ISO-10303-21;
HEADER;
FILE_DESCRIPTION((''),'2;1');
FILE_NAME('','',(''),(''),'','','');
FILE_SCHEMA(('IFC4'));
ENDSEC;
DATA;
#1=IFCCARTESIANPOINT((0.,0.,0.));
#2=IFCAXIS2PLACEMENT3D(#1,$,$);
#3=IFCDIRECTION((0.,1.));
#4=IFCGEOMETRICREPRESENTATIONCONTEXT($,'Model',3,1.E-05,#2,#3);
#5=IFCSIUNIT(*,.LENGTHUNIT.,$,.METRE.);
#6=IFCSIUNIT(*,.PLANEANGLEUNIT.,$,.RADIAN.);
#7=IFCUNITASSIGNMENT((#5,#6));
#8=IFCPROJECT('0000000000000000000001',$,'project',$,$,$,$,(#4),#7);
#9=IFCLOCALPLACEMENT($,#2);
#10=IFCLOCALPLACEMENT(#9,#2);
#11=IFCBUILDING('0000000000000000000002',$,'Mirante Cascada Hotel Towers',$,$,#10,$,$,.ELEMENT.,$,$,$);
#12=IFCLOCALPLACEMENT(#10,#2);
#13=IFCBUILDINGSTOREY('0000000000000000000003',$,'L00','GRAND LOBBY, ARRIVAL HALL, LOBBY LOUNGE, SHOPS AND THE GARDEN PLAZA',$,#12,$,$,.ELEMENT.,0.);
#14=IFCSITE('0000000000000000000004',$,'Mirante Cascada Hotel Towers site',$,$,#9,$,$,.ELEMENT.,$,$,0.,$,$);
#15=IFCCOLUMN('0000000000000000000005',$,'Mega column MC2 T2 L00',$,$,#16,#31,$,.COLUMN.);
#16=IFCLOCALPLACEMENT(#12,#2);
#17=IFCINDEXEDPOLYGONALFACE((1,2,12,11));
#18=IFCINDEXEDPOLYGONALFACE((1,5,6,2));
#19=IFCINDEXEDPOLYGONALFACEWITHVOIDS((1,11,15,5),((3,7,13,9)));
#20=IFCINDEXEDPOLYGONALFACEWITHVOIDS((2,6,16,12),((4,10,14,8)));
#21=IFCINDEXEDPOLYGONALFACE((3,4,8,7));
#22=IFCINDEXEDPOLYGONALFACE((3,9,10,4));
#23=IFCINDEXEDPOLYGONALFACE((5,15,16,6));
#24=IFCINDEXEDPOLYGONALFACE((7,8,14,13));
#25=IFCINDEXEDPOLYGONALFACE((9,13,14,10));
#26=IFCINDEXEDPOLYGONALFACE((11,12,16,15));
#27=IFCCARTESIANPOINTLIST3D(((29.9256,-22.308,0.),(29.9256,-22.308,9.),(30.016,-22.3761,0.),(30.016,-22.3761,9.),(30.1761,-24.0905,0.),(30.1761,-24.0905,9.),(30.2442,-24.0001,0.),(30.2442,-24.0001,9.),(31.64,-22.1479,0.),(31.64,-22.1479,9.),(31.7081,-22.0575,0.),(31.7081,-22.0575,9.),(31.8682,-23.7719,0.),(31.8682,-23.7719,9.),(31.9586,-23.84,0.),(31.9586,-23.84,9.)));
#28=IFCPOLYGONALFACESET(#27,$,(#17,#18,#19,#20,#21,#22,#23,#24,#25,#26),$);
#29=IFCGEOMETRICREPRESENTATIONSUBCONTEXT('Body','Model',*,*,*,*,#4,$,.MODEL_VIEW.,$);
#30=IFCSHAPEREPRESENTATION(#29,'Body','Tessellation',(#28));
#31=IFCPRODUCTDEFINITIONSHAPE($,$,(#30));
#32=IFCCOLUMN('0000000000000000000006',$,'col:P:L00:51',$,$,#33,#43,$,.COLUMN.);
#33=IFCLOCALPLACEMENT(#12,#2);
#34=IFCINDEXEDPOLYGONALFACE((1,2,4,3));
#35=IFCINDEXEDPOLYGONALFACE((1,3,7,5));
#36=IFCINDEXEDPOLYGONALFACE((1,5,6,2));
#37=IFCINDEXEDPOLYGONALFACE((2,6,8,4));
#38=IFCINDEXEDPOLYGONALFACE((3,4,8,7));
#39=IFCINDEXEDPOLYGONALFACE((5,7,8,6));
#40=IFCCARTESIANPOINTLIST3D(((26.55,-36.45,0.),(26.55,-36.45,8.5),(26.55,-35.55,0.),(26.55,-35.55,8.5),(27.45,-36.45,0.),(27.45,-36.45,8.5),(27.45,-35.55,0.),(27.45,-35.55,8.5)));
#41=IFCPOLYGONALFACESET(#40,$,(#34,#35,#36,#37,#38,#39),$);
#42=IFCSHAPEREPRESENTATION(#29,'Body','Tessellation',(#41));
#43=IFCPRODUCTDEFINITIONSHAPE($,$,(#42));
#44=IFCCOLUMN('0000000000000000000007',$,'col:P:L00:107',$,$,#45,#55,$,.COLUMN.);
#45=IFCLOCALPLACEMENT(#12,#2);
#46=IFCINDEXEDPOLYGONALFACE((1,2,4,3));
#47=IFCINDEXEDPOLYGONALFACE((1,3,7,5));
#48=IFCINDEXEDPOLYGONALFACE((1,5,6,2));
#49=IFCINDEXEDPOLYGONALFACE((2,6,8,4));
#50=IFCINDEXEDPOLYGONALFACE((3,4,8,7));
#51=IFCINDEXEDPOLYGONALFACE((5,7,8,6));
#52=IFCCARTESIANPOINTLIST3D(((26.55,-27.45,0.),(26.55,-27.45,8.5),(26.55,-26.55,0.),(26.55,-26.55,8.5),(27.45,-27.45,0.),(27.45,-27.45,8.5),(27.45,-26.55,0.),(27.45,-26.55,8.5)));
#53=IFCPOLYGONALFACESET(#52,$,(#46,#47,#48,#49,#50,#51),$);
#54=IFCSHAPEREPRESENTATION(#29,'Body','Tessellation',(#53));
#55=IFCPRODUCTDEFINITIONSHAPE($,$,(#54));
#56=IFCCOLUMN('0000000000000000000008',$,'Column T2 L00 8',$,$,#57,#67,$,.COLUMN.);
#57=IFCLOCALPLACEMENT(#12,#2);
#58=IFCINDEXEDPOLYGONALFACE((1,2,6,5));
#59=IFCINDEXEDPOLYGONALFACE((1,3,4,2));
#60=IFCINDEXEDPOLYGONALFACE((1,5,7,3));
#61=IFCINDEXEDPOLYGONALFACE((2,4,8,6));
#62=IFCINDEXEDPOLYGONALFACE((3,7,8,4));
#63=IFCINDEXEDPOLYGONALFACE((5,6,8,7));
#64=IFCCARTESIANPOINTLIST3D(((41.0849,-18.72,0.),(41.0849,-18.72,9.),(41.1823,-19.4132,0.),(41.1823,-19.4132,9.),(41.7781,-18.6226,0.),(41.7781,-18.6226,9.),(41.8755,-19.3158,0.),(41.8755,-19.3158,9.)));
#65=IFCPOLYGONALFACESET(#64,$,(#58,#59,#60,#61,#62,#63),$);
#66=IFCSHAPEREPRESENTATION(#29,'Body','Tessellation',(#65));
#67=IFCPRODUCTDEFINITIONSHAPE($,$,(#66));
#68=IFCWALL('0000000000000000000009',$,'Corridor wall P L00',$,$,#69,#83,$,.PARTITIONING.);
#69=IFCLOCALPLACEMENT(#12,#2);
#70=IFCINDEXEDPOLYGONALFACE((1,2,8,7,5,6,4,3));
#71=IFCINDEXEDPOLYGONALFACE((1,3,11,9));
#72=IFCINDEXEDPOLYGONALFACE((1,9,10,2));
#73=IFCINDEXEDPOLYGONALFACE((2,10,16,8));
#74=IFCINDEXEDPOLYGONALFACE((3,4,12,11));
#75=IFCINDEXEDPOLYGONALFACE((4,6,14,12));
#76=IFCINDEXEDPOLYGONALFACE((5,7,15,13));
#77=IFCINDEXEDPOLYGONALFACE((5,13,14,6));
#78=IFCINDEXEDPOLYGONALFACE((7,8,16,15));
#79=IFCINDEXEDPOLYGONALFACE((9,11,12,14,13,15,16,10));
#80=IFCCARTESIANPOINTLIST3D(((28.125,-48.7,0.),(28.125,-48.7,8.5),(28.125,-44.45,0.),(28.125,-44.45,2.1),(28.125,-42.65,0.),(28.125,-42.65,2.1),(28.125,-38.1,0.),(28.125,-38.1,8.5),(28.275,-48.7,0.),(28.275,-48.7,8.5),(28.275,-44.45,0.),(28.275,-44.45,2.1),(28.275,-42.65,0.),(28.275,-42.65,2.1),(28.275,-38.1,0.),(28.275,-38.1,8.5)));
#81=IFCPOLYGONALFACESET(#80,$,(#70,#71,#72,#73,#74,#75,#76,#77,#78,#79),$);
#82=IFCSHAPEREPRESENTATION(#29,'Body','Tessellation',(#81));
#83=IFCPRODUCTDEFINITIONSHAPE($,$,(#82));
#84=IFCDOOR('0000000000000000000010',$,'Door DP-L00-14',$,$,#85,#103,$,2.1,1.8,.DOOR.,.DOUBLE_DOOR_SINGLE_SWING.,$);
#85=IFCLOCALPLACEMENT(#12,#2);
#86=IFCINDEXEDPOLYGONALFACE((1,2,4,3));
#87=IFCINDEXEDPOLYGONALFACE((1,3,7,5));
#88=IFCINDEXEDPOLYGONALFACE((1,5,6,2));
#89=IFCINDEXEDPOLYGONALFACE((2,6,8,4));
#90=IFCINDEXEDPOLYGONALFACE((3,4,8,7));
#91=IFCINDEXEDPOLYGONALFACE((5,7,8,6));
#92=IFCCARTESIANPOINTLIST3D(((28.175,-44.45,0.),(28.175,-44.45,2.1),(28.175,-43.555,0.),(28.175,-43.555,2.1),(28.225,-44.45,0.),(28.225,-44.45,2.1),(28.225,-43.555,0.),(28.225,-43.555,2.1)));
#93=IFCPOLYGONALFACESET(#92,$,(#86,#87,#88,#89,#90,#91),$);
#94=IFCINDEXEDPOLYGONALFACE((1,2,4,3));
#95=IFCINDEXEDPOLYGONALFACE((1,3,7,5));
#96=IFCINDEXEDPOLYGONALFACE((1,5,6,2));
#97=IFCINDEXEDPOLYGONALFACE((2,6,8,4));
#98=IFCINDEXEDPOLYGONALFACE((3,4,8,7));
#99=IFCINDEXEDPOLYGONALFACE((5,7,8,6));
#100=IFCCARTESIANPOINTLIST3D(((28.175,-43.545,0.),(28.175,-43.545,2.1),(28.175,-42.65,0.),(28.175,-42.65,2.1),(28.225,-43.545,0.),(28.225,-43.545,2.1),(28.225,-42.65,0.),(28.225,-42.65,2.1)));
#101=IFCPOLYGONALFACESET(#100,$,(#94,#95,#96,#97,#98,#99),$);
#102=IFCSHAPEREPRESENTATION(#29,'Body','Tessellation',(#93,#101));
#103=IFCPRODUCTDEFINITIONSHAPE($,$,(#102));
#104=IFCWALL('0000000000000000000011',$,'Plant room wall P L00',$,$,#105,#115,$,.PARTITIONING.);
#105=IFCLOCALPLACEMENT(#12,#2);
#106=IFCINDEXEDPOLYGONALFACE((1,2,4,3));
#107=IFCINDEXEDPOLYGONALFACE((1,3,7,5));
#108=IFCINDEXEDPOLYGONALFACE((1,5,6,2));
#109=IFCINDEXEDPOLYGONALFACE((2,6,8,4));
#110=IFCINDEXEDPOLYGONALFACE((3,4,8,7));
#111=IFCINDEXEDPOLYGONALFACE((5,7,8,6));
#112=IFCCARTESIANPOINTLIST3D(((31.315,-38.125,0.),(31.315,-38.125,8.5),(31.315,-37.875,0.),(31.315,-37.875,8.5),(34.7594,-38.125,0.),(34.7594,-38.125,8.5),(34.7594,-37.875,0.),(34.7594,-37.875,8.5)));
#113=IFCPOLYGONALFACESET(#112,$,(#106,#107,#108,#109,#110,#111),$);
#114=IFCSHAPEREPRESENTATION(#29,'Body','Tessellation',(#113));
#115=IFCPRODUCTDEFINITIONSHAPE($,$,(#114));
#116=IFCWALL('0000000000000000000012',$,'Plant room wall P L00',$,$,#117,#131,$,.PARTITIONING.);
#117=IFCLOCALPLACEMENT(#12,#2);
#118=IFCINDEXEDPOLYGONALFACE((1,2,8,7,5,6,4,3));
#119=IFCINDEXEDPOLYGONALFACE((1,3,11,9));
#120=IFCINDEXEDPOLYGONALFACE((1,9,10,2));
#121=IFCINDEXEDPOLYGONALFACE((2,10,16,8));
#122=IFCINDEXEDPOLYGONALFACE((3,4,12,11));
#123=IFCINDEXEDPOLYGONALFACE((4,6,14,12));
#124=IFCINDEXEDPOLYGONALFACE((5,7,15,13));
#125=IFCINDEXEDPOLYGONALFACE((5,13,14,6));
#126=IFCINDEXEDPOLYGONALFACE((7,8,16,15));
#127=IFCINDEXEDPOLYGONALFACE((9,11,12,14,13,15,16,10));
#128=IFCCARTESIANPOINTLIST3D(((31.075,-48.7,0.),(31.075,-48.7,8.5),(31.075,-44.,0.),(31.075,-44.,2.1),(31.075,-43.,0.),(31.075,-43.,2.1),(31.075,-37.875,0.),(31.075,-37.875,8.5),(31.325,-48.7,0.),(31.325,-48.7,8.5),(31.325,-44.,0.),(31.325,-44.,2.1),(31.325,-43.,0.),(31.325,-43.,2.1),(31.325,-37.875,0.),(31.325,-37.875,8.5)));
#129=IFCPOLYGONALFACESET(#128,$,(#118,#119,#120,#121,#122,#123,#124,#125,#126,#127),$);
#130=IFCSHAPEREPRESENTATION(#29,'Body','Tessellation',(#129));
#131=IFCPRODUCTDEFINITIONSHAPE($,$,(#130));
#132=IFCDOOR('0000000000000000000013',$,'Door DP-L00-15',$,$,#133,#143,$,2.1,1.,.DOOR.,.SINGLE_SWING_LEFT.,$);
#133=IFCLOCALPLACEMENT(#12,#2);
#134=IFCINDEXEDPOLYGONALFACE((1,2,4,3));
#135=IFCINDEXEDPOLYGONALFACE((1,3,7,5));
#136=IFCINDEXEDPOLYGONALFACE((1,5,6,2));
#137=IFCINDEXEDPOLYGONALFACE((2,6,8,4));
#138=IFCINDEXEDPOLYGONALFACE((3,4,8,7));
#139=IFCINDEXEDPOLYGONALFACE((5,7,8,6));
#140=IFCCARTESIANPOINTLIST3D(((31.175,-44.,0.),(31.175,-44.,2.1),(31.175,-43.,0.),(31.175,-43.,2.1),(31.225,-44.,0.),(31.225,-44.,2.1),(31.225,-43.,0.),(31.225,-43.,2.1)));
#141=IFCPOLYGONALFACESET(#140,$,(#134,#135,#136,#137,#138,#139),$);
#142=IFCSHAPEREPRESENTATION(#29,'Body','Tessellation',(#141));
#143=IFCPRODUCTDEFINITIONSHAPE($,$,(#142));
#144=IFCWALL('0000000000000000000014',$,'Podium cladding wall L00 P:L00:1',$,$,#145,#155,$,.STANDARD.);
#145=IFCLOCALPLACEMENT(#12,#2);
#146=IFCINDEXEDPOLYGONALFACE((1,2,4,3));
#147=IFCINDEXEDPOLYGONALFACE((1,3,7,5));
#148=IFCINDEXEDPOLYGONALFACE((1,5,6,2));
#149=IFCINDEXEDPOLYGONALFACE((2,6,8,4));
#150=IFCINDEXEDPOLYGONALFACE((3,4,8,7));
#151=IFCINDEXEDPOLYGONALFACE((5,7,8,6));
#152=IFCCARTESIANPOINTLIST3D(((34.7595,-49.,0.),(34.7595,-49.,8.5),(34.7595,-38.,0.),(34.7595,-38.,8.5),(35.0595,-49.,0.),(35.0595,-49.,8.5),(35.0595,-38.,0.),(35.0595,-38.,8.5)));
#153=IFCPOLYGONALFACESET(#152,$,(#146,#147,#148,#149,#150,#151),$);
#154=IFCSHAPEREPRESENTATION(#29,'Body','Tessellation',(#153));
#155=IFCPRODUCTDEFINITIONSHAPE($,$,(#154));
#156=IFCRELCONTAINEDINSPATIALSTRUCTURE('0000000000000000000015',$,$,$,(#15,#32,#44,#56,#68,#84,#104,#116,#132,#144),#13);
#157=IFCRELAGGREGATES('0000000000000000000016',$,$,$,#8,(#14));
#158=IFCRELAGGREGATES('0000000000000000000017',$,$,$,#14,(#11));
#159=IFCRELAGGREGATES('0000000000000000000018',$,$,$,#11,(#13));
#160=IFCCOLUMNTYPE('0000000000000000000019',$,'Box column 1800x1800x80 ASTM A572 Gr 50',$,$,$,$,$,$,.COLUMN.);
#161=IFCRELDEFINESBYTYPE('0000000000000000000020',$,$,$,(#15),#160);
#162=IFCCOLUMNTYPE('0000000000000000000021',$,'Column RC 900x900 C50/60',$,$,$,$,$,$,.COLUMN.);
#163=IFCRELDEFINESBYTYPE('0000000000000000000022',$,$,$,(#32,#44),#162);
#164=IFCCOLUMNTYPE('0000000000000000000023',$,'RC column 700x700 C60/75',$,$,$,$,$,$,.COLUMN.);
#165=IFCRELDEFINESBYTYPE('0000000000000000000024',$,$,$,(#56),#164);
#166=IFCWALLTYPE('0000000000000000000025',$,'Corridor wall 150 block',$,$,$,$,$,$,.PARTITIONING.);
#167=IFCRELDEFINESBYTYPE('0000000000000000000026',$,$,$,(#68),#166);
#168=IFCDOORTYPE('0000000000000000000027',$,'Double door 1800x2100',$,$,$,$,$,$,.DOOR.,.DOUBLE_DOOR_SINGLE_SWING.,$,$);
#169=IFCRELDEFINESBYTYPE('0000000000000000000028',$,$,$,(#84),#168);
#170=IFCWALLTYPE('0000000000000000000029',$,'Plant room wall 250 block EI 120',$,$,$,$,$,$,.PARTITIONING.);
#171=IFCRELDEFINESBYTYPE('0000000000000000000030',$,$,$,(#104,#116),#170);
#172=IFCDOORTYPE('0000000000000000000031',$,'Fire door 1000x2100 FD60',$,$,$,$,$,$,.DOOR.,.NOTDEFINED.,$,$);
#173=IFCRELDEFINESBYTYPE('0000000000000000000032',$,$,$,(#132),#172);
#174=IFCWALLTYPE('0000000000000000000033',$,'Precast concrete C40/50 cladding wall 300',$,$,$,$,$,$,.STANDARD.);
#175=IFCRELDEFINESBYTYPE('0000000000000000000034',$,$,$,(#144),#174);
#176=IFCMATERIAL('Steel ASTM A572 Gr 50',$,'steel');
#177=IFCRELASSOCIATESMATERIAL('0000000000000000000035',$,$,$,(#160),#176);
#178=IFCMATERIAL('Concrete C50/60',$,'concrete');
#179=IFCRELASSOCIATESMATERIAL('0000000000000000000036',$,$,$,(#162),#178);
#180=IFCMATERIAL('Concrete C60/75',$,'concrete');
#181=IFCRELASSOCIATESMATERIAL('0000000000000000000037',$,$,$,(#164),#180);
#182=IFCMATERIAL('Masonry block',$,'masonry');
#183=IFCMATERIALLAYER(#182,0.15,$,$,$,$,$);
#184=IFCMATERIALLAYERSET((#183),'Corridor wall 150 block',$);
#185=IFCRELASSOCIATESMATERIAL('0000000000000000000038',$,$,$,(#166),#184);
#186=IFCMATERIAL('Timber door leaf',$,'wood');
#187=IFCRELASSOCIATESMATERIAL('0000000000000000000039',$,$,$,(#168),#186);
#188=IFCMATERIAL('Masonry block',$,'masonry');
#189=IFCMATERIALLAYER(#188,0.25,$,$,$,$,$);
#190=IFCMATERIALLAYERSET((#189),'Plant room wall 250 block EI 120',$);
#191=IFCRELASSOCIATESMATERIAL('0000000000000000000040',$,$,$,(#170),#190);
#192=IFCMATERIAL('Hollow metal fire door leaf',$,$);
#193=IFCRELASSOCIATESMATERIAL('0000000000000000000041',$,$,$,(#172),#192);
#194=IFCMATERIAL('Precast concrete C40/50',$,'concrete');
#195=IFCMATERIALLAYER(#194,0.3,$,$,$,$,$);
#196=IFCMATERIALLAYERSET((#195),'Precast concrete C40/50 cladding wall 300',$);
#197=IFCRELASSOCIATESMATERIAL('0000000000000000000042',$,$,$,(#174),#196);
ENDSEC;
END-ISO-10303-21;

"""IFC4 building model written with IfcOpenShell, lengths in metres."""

from ifc_helpers import new_model, si_unit, direction, frame, frame_2d, origin, origin_2d, place, context, subcontext, project, spatial, rectangle, hollow_rectangle, extrude, material, layer, layer_set, material_profile, profile_set, type_object, element, fill, save


model = new_model("IFC4")

# Units and contexts
model_context = context("Model", 3, precision=1e-05, world=origin(), true_north=direction((0.0, 1.0)))
body_context = subcontext(model_context, "Body", "Model", "MODEL_VIEW")
ifc_project = project(units=[si_unit("LENGTHUNIT", "METRE"), si_unit("PLANEANGLEUNIT", "RADIAN")], contexts=[model_context])

# Site, building, storey
site_placement = place(None, origin())
site = spatial("IfcSite", under=ifc_project, at=site_placement, Name="Mirante Cascada Hotel Towers site", CompositionType="ELEMENT", RefElevation=0.0)
building_placement = place(site_placement, origin())
building = spatial("IfcBuilding", under=site, at=building_placement, Name="Mirante Cascada Hotel Towers", CompositionType="ELEMENT")
storey_placement = place(building_placement, origin())
storey = spatial("IfcBuildingStorey", under=building, at=storey_placement, Name="L00", Description="GRAND LOBBY, ARRIVAL HALL, LOBBY LOUNGE, SHOPS AND THE GARDEN PLAZA", CompositionType="ELEMENT", Elevation=0.0)

# Columns
ifc_material_1 = material(Name="Steel ASTM A572 Gr 50", Category="steel")
ifc_material_profile_1 = material_profile(ifc_material_1, hollow_rectangle(XDim=1.8, YDim=1.8, WallThickness=0.08, at=origin_2d()), Name="Box column 1800x1800x80 ASTM A572 Gr 50")
ifc_profile_set_1 = profile_set([ifc_material_profile_1], Name="Steel ASTM A572 Gr 50")
column_type_1 = type_object("IfcColumnType", Name="Box column 1800x1800x80 ASTM A572 Gr 50", PredefinedType="COLUMN", material=ifc_profile_set_1)
column_1_placement = place(storey_placement, frame((30.9421, -23.074, 0.0), z_axis=(0.0, 0.0, 1.0), x_axis=(0.990268, 0.139173, 0.0)))
element("IfcColumn", 1, at=column_1_placement, inside=storey, type_object=column_type_1, Name="Mega column MC2 T2 L00", PredefinedType="COLUMN", context=body_context, shape_type="SweptSolid", body=[
    extrude(hollow_rectangle(XDim=1.8, YDim=1.8, WallThickness=0.08, at=origin_2d()), origin(), (0.0, 0.0, 1.0), 9.0),
])
ifc_material_2 = material(Name="Concrete C50/60", Category="concrete")
ifc_material_profile_2 = material_profile(ifc_material_2, rectangle(XDim=0.9, YDim=0.9, at=origin_2d()), Name="RC 900x900")
ifc_profile_set_2 = profile_set([ifc_material_profile_2], Name="Concrete C50/60")
column_type_2 = type_object("IfcColumnType", Name="Column RC 900x900 C50/60", PredefinedType="COLUMN", material=ifc_profile_set_2)
for number, where, z_axis, x_axis, name in (
    (2, (27.0, -36.0, 0.0), (0.0, 0.0, 1.0), (1.0, 0.0, 0.0), "col:P:L00:51"),
    (3, (27.0, -27.0, 0.0), (0.0, 0.0, 1.0), (1.0, 0.0, 0.0), "col:P:L00:107"),
):
    element("IfcColumn", number, at=place(storey_placement, frame(where, z_axis=z_axis, x_axis=x_axis)), inside=storey, type_object=column_type_2, Name=name, PredefinedType="COLUMN", context=body_context, shape_type="SweptSolid", body=[
        extrude(rectangle(XDim=0.9, YDim=0.9, at=origin_2d()), origin(), (0.0, 0.0, 1.0), 8.5),
    ])
ifc_material_3 = material(Name="Concrete C60/75", Category="concrete")
ifc_material_profile_3 = material_profile(ifc_material_3, rectangle(XDim=0.7, YDim=0.7, at=origin_2d()), Name="RC column 700x700 C60/75")
ifc_profile_set_3 = profile_set([ifc_material_profile_3], Name="Concrete C60/75")
column_type_3 = type_object("IfcColumnType", Name="RC column 700x700 C60/75", PredefinedType="COLUMN", material=ifc_profile_set_3)
column_2_placement = place(storey_placement, frame((41.4802, -19.0179, 0.0), z_axis=(0.0, 0.0, 1.0), x_axis=(0.990268, 0.139173, 0.0)))
element("IfcColumn", 4, at=column_2_placement, inside=storey, type_object=column_type_3, Name="Column T2 L00 8", PredefinedType="COLUMN", context=body_context, shape_type="SweptSolid", body=[
    extrude(rectangle(XDim=0.7, YDim=0.7, at=origin_2d()), origin(), (0.0, 0.0, 1.0), 9.0),
])

# Wall, opening, door
ifc_material_4 = material(Name="Masonry block", Category="masonry")
ifc_layer_1 = layer(ifc_material_4, 0.15)
ifc_layer_set_1 = layer_set([ifc_layer_1], Name="Corridor wall 150 block")
wall_type_1 = type_object("IfcWallType", Name="Corridor wall 150 block", PredefinedType="PARTITIONING", material=ifc_layer_set_1)
wall_1_placement = place(storey_placement, frame((28.2, -48.7, 0.0), z_axis=(0.0, 0.0, 1.0), x_axis=(0.0, 1.0, 0.0)))
wall_1 = element("IfcWall", 5, at=wall_1_placement, inside=storey, type_object=wall_type_1, Name="Corridor wall P L00", PredefinedType="PARTITIONING", context=body_context, shape_type="SweptSolid", body=[
    extrude(rectangle(XDim=10.6, YDim=0.15, at=frame_2d((5.3, 0.0))), origin(), (0.0, 0.0, 1.0), 8.5),
])
opening_1_placement = place(wall_1_placement, frame((4.25, 0.0, 0.0)))
opening_1 = element("IfcOpeningElement", 6, at=opening_1_placement, cuts=wall_1, PredefinedType="OPENING", context=body_context, shape_type="SweptSolid", body=[
    extrude(rectangle(XDim=1.8, YDim=2.1, at=frame_2d((0.9, 1.05))), frame((0.0, 0.075, 0.0), z_axis=(0.0, -1.0, 0.0), x_axis=(1.0, 0.0, 0.0)), (0.0, 0.0, 1.0), 0.15),
])
ifc_material_5 = material(Name="Timber door leaf", Category="wood")
door_type_1 = type_object("IfcDoorType", Name="Double door 1800x2100", OperationType="DOUBLE_DOOR_SINGLE_SWING", PredefinedType="DOOR", material=ifc_material_5)
door_1_placement = place(opening_1_placement, origin())
door_1 = element("IfcDoor", 7, at=door_1_placement, inside=storey, type_object=door_type_1, Name="Door DP-L00-14", OperationType="DOUBLE_DOOR_SINGLE_SWING", OverallHeight=2.1, OverallWidth=1.8, PredefinedType="DOOR", context=body_context, shape_type="SweptSolid", body=[
    extrude(rectangle(XDim=0.895, YDim=2.1, at=frame_2d((0.4475, 1.05))), frame((0.0, 0.025, 0.0), z_axis=(0.0, -1.0, 0.0), x_axis=(1.0, 0.0, 0.0)), (0.0, 0.0, 1.0), 0.05),
    extrude(rectangle(XDim=0.895, YDim=2.1, at=frame_2d((1.3525, 1.05))), frame((0.0, 0.025, 0.0), z_axis=(0.0, -1.0, 0.0), x_axis=(1.0, 0.0, 0.0)), (0.0, 0.0, 1.0), 0.05),
])
fill(opening_1, door_1)

# Wall
ifc_material_6 = material(Name="Masonry block", Category="masonry")
ifc_layer_2 = layer(ifc_material_6, 0.25)
ifc_layer_set_2 = layer_set([ifc_layer_2], Name="Plant room wall 250 block EI 120")
wall_type_2 = type_object("IfcWallType", Name="Plant room wall 250 block EI 120", PredefinedType="PARTITIONING", material=ifc_layer_set_2)
wall_2_placement = place(storey_placement, frame((31.315, -38.0, 0.0), z_axis=(0.0, 0.0, 1.0), x_axis=(1.0, 0.0, 0.0)))
element("IfcWall", 8, at=wall_2_placement, inside=storey, type_object=wall_type_2, Name="Plant room wall P L00", PredefinedType="PARTITIONING", context=body_context, shape_type="SweptSolid", body=[
    extrude(rectangle(XDim=3.4445, YDim=0.25, at=frame_2d((1.7222, 0.0))), origin(), (0.0, 0.0, 1.0), 8.5),
])

# Wall, opening, door
wall_3_placement = place(storey_placement, frame((31.2, -48.7, 0.0), z_axis=(0.0, 0.0, 1.0), x_axis=(0.0, 1.0, 0.0)))
wall_3 = element("IfcWall", 9, at=wall_3_placement, inside=storey, type_object=wall_type_2, Name="Plant room wall P L00", PredefinedType="PARTITIONING", context=body_context, shape_type="SweptSolid", body=[
    extrude(rectangle(XDim=10.825, YDim=0.25, at=frame_2d((5.4125, 0.0))), origin(), (0.0, 0.0, 1.0), 8.5),
])
opening_2_placement = place(wall_3_placement, frame((4.7, 0.0, 0.0)))
opening_2 = element("IfcOpeningElement", 10, at=opening_2_placement, cuts=wall_3, PredefinedType="OPENING", context=body_context, shape_type="SweptSolid", body=[
    extrude(rectangle(XDim=1.0, YDim=2.1, at=frame_2d((0.5, 1.05))), frame((0.0, 0.125, 0.0), z_axis=(0.0, -1.0, 0.0), x_axis=(1.0, 0.0, 0.0)), (0.0, 0.0, 1.0), 0.25),
])
ifc_material_7 = material(Name="Hollow metal fire door leaf")
door_type_2 = type_object("IfcDoorType", Name="Fire door 1000x2100 FD60", OperationType="NOTDEFINED", PredefinedType="DOOR", material=ifc_material_7)
door_2_placement = place(opening_2_placement, frame((1.0, 0.0, 0.0), z_axis=(0.0, 0.0, 1.0), x_axis=(-1.0, 0.0, 0.0)))
door_2 = element("IfcDoor", 11, at=door_2_placement, inside=storey, type_object=door_type_2, Name="Door DP-L00-15", OperationType="SINGLE_SWING_LEFT", OverallHeight=2.1, OverallWidth=1.0, PredefinedType="DOOR", context=body_context, shape_type="SweptSolid", body=[
    extrude(rectangle(XDim=1.0, YDim=2.1, at=frame_2d((0.5, 1.05))), frame((0.0, 0.025, 0.0), z_axis=(0.0, -1.0, 0.0), x_axis=(1.0, 0.0, 0.0)), (0.0, 0.0, 1.0), 0.05),
])
fill(opening_2, door_2)

# Wall
ifc_material_8 = material(Name="Precast concrete C40/50", Category="concrete")
ifc_layer_3 = layer(ifc_material_8, 0.3)
ifc_layer_set_3 = layer_set([ifc_layer_3], Name="Precast concrete C40/50 cladding wall 300")
wall_type_3 = type_object("IfcWallType", Name="Precast concrete C40/50 cladding wall 300", PredefinedType="STANDARD", material=ifc_layer_set_3)
wall_4_placement = place(storey_placement, frame((34.9095, -49.0, 0.0), z_axis=(0.0, 0.0, 1.0), x_axis=(0.0, 1.0, 0.0)))
element("IfcWall", 12, at=wall_4_placement, inside=storey, type_object=wall_type_3, Name="Podium cladding wall L00 P:L00:1", PredefinedType="STANDARD", context=body_context, shape_type="SweptSolid", body=[
    extrude(rectangle(XDim=11.0, YDim=0.3, at=frame_2d((5.5, 0.0))), origin(), (0.0, 0.0, 1.0), 8.5),
])

save(model, "model.ifc")
